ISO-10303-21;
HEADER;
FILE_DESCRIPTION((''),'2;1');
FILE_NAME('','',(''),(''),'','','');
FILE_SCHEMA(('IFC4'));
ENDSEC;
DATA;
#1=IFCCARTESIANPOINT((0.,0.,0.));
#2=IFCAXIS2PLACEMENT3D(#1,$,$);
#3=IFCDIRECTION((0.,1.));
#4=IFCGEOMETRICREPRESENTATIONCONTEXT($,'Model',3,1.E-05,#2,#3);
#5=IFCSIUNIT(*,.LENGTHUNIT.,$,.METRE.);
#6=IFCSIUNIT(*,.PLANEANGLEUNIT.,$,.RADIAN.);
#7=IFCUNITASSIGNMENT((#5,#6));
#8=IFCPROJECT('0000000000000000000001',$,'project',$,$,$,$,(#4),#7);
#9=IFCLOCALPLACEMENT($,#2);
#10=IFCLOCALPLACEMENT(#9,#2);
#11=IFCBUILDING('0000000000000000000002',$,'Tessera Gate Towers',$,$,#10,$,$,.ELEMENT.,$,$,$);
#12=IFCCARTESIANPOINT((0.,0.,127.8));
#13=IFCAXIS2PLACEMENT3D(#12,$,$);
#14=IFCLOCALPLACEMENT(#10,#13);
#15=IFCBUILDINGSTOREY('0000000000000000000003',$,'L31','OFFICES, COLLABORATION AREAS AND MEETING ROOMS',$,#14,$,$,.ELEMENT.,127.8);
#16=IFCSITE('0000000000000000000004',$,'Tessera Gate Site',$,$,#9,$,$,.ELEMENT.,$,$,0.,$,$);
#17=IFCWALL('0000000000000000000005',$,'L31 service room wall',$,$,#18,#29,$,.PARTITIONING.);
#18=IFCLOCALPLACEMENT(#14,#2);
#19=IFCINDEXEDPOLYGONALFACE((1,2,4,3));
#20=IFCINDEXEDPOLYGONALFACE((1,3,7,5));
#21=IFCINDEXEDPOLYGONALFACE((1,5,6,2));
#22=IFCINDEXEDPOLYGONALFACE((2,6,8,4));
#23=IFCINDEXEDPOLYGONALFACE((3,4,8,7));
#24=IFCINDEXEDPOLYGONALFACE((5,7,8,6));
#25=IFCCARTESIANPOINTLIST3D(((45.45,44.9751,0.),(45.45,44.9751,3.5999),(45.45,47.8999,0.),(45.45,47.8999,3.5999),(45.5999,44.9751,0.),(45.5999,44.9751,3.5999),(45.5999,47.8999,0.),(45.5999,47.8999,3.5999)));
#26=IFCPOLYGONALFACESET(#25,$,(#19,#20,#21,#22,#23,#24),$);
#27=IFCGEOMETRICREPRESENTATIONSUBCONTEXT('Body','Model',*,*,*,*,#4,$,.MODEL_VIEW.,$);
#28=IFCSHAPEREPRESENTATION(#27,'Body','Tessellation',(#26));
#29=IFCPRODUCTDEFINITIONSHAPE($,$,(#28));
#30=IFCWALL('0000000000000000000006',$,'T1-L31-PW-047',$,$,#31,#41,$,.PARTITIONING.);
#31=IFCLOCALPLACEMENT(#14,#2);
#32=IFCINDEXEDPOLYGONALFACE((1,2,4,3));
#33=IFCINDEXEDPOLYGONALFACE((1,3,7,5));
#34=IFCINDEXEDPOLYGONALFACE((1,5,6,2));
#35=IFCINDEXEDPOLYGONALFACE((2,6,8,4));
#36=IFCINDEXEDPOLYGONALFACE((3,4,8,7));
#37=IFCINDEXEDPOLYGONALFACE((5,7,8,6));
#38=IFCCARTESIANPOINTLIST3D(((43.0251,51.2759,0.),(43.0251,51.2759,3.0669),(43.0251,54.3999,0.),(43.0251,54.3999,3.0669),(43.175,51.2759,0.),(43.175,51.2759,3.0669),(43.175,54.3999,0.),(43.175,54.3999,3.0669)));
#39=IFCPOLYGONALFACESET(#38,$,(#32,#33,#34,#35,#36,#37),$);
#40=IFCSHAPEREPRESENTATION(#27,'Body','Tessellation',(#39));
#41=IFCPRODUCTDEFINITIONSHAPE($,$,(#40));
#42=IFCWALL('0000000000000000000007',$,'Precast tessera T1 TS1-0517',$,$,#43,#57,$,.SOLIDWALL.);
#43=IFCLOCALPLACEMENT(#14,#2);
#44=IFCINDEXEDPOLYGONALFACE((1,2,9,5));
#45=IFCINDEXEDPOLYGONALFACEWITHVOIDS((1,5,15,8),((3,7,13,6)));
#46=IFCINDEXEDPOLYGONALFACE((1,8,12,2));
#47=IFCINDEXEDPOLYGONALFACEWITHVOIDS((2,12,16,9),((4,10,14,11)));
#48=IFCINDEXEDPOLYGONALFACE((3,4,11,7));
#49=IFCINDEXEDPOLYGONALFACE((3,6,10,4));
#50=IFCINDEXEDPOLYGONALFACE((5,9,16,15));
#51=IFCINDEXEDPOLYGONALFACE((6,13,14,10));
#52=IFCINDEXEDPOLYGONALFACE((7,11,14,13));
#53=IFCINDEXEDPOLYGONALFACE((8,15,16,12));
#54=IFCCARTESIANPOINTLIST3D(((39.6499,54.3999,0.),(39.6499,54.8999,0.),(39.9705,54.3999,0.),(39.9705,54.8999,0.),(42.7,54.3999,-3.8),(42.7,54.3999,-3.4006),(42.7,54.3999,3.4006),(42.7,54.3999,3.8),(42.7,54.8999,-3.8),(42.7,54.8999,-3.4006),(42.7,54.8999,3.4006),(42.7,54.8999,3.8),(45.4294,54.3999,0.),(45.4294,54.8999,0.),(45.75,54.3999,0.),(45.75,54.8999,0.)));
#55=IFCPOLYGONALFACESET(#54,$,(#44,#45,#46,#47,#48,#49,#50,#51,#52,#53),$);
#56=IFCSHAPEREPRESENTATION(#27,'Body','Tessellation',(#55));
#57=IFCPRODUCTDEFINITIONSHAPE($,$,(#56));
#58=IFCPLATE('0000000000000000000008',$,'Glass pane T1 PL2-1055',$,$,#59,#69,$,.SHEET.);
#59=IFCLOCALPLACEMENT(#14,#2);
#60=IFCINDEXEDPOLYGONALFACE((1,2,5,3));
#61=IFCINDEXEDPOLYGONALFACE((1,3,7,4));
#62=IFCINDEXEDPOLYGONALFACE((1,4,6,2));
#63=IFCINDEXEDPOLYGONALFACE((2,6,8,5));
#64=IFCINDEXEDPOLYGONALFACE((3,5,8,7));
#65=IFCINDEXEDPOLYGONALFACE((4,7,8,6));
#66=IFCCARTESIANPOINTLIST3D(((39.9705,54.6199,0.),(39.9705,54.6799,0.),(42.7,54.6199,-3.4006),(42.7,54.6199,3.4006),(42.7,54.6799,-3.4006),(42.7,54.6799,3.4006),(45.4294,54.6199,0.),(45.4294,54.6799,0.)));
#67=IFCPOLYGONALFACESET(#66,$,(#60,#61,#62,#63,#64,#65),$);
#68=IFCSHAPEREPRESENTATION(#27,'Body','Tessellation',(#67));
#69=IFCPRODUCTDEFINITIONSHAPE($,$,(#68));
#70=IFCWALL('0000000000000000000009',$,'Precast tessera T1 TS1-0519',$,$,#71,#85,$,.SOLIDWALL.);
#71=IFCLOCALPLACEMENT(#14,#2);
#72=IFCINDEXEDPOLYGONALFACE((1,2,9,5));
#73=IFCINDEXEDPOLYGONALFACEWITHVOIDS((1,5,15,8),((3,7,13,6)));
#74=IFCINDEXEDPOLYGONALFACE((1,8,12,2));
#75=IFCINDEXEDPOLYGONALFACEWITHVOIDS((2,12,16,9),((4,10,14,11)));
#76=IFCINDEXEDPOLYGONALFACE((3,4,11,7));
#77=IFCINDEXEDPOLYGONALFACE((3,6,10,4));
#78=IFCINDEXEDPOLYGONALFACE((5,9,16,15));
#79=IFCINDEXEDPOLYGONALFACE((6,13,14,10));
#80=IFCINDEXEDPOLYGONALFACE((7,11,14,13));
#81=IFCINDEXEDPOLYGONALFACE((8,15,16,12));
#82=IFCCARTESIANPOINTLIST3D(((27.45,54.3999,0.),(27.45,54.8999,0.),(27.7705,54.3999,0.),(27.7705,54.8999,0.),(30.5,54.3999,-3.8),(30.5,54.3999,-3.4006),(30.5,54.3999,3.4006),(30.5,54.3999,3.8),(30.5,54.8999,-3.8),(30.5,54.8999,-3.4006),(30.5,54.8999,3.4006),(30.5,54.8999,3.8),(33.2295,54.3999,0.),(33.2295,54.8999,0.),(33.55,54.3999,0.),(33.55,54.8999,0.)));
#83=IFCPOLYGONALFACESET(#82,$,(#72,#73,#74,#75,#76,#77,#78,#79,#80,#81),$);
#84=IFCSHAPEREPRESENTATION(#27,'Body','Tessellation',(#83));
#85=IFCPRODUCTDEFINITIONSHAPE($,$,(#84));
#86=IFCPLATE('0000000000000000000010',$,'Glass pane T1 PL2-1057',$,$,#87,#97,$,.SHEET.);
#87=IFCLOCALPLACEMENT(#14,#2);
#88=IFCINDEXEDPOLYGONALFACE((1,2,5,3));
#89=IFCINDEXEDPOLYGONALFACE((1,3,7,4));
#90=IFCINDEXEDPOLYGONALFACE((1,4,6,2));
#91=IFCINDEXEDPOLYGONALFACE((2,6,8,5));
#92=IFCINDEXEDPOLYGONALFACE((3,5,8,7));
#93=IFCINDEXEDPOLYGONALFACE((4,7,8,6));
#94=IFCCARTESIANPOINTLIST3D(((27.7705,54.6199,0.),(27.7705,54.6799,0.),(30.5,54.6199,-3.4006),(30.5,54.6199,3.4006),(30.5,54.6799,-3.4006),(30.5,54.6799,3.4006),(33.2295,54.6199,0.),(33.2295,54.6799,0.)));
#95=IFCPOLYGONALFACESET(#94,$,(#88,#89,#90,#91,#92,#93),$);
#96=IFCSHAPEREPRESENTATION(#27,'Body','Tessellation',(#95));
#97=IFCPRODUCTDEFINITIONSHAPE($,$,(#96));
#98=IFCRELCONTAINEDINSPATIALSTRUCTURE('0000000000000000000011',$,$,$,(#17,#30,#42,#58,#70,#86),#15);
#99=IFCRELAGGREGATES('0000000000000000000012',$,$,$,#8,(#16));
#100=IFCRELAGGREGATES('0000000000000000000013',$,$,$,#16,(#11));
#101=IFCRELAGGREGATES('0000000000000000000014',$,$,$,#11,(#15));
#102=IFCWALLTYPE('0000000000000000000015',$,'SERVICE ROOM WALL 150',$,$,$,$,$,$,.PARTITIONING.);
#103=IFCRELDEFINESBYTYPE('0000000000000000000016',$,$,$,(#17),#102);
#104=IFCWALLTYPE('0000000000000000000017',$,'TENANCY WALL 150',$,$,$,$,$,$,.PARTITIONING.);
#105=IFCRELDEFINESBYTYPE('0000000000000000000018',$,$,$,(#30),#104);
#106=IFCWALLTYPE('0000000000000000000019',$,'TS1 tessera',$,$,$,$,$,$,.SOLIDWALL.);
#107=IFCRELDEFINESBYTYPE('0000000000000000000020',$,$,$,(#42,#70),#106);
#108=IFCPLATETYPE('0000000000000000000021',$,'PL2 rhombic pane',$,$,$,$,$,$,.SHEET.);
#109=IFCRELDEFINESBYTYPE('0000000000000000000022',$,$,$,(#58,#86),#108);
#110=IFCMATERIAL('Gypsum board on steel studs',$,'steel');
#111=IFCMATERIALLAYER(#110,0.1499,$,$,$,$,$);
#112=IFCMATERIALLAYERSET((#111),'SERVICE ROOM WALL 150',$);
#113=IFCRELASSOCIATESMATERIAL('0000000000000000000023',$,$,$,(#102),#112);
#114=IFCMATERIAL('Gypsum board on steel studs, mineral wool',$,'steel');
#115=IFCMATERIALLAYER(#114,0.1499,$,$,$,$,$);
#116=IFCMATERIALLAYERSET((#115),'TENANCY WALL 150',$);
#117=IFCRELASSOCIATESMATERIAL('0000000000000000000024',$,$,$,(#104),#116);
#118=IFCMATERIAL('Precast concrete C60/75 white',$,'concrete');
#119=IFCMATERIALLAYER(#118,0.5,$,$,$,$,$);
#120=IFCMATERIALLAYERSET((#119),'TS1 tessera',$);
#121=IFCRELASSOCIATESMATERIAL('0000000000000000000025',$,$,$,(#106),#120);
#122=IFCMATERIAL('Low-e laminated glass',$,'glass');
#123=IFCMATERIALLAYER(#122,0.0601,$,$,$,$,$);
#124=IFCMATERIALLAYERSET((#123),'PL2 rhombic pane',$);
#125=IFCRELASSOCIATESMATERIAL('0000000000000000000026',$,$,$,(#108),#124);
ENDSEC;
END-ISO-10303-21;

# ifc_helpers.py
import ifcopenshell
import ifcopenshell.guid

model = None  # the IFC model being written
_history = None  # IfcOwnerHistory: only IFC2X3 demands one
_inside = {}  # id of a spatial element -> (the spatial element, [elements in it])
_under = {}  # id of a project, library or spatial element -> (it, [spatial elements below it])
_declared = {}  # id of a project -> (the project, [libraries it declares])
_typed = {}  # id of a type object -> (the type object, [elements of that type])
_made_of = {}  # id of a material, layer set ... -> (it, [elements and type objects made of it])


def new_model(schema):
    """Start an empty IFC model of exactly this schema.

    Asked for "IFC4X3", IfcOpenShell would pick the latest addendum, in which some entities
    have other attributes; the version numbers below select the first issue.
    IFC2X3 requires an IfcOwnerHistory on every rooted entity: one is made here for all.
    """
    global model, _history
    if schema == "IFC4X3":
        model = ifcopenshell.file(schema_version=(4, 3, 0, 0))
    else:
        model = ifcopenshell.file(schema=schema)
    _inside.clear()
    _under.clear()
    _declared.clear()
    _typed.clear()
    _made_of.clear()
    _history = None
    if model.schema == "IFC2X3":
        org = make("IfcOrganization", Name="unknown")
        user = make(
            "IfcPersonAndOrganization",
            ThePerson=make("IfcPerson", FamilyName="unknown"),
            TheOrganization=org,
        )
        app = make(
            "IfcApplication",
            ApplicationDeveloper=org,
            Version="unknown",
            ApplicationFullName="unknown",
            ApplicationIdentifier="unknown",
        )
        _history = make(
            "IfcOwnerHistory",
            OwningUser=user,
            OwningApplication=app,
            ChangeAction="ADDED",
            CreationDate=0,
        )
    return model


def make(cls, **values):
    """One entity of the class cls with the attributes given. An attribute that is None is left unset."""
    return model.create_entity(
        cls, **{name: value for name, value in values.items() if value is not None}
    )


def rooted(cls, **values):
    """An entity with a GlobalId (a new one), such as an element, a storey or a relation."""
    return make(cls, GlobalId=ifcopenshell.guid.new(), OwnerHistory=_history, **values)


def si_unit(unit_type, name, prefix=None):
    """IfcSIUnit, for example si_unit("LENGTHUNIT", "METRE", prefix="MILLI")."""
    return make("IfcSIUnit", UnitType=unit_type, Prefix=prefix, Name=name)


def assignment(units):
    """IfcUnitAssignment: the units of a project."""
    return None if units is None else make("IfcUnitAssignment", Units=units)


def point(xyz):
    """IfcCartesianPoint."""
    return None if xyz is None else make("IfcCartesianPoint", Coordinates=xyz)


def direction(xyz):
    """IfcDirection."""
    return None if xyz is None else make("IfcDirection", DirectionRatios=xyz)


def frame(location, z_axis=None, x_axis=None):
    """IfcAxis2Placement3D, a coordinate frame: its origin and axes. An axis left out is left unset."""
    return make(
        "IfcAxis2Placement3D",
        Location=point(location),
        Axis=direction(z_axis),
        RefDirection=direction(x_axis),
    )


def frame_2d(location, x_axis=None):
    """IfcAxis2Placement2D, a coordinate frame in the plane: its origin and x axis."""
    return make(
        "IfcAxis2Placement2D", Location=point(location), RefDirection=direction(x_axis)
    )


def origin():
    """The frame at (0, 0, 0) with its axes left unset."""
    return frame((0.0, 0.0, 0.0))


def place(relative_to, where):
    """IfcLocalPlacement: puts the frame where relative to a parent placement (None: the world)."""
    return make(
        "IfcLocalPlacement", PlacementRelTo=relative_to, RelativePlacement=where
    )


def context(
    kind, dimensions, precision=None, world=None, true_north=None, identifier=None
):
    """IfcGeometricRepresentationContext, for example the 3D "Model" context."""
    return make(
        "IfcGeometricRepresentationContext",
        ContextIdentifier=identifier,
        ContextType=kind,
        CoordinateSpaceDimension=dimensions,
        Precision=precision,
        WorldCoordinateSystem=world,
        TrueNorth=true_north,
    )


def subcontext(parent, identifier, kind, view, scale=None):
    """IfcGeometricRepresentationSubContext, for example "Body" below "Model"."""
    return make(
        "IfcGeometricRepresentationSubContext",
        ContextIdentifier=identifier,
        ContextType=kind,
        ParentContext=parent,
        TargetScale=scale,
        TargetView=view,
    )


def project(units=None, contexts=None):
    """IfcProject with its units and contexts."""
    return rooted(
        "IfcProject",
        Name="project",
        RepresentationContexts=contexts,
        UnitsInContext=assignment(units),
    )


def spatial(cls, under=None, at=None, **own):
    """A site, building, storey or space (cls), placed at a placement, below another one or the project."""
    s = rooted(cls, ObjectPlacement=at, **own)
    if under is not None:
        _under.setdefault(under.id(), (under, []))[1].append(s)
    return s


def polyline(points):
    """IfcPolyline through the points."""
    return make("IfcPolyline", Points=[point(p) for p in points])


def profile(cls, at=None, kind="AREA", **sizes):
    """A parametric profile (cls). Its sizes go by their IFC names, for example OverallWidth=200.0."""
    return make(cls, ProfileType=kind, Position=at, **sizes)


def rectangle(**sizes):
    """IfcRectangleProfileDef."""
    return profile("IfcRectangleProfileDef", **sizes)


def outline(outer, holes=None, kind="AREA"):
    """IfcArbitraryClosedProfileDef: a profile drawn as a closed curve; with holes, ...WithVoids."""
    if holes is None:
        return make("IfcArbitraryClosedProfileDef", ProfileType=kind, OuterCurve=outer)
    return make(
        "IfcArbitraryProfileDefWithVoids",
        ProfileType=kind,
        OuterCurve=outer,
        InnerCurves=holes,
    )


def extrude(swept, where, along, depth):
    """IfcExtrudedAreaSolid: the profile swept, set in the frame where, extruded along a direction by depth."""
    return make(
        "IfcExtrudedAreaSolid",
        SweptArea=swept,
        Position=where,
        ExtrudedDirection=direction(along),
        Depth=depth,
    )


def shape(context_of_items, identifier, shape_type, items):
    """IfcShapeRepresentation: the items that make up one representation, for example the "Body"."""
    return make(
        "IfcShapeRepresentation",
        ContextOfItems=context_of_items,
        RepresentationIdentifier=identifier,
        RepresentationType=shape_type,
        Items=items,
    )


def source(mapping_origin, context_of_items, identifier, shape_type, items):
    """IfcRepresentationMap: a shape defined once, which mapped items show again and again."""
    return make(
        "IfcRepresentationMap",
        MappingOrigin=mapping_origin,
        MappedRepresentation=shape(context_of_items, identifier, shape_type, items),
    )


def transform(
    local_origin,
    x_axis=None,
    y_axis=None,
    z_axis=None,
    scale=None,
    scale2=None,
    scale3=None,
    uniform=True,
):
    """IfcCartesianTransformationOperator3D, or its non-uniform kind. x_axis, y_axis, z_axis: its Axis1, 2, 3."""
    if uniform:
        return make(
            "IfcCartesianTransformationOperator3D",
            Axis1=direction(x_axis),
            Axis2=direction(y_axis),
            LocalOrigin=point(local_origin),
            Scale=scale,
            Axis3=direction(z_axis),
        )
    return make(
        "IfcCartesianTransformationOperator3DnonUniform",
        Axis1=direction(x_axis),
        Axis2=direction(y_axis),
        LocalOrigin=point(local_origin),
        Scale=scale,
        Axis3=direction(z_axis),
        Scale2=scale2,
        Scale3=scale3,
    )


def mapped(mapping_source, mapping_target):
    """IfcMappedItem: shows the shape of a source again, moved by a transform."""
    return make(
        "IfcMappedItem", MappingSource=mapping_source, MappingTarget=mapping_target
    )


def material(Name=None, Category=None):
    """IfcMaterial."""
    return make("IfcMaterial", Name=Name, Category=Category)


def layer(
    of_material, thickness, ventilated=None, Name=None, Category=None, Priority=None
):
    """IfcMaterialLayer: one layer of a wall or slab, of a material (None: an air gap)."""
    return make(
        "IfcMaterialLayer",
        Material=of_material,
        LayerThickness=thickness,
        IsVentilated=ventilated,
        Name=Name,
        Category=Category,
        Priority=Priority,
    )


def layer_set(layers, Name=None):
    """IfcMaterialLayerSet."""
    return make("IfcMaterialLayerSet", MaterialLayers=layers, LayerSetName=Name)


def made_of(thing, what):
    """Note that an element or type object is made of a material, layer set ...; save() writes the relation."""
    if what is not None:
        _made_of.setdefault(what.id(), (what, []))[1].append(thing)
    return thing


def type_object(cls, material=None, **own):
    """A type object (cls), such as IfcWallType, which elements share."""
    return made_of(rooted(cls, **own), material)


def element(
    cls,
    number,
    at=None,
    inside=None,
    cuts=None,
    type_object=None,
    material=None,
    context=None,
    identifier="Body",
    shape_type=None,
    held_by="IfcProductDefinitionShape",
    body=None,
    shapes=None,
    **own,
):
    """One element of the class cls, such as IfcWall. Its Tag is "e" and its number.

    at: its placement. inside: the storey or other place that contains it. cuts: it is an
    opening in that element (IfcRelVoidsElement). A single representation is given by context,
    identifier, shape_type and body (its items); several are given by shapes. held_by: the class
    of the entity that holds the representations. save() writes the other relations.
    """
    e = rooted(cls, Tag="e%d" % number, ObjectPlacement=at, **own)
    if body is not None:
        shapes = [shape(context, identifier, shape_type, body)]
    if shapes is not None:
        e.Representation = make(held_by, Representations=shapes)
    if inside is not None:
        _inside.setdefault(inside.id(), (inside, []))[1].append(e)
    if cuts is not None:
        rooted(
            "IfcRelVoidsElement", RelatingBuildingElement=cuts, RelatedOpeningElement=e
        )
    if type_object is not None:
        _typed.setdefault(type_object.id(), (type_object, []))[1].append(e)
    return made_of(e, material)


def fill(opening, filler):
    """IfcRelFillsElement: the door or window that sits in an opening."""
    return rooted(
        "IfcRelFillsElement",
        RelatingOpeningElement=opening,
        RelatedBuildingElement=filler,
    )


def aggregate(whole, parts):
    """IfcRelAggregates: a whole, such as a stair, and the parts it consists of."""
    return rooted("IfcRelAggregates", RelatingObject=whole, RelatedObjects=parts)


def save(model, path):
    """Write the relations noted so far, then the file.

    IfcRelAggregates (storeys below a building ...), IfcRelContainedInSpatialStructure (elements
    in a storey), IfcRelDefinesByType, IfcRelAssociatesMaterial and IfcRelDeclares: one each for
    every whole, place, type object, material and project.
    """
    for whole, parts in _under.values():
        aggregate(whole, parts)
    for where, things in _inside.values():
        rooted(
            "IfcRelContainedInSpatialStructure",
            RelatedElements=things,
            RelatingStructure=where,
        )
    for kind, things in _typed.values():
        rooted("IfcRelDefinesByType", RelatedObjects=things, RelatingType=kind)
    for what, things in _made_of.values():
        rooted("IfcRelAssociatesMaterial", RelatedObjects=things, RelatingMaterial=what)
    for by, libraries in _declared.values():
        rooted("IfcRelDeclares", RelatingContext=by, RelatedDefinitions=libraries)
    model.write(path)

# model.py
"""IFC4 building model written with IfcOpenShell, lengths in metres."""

from ifc_helpers import new_model, si_unit, direction, frame, frame_2d, origin, place, context, subcontext, project, spatial, polyline, rectangle, outline, extrude, source, transform, mapped, material, layer, layer_set, type_object, element, fill, save


model = new_model("IFC4")

# Units and contexts
model_context = context("Model", 3, precision=1e-05, world=origin(), true_north=direction((0.0, 1.0)))
body_context = subcontext(model_context, "Body", "Model", "MODEL_VIEW")
ifc_project = project(units=[si_unit("LENGTHUNIT", "METRE"), si_unit("PLANEANGLEUNIT", "RADIAN")], contexts=[model_context])

# Site, building, storey
site_placement = place(None, origin())
site = spatial("IfcSite", under=ifc_project, at=site_placement, Name="Tessera Gate Site", CompositionType="ELEMENT", RefElevation=0.0)
building_placement = place(site_placement, origin())
building = spatial("IfcBuilding", under=site, at=building_placement, Name="Tessera Gate Towers", CompositionType="ELEMENT")
storey_placement = place(building_placement, frame((0.0, 0.0, 127.8)))
storey = spatial("IfcBuildingStorey", under=building, at=storey_placement, Name="L31", Description="OFFICES, COLLABORATION AREAS AND MEETING ROOMS", CompositionType="ELEMENT", Elevation=127.8)

# Shared definitions
ifc_material_1 = material(Name="Gypsum board on steel studs", Category="steel")
ifc_layer_1 = layer(ifc_material_1, 0.1499)
ifc_layer_set_1 = layer_set([ifc_layer_1], Name="SERVICE ROOM WALL 150")
wall_type_1 = type_object("IfcWallType", Name="SERVICE ROOM WALL 150", PredefinedType="PARTITIONING", material=ifc_layer_set_1)

# Walls
wall_1_placement = place(storey_placement, frame((45.5249, 44.9751, 0.0), z_axis=(0.0, 0.0, 1.0), x_axis=(0.0, 1.0, 0.0)))
element("IfcWall", 1, at=wall_1_placement, inside=storey, type_object=wall_type_1, Name="L31 service room wall", PredefinedType="PARTITIONING", context=body_context, shape_type="SweptSolid", body=[
    extrude(rectangle(XDim=2.9248, YDim=0.1499, at=frame_2d((1.4624, 0.0))), origin(), (0.0, 0.0, 1.0), 3.5999),
])
ifc_material_2 = material(Name="Gypsum board on steel studs, mineral wool", Category="steel")
ifc_layer_2 = layer(ifc_material_2, 0.1499)
ifc_layer_set_2 = layer_set([ifc_layer_2], Name="TENANCY WALL 150")
wall_type_2 = type_object("IfcWallType", Name="TENANCY WALL 150", PredefinedType="PARTITIONING", material=ifc_layer_set_2)
wall_2_placement = place(storey_placement, frame((43.1001, 51.2759, 0.0), z_axis=(0.0, 0.0, 1.0), x_axis=(0.0, 1.0, 0.0)))
element("IfcWall", 2, at=wall_2_placement, inside=storey, type_object=wall_type_2, Name="T1-L31-PW-047", PredefinedType="PARTITIONING", context=body_context, shape_type="SweptSolid", body=[
    extrude(rectangle(XDim=3.124, YDim=0.1499, at=frame_2d((1.562, 0.0))), origin(), (0.0, 0.0, 1.0), 3.0669),
])

# Walls, openings, plates
ifc_material_3 = material(Name="Precast concrete C60/75 white", Category="concrete")
ifc_layer_3 = layer(ifc_material_3, 0.5)
ifc_layer_set_3 = layer_set([ifc_layer_3], Name="TS1 tessera")
wall_type_3 = type_object("IfcWallType", Name="TS1 tessera", PredefinedType="SOLIDWALL", material=ifc_layer_set_3)
shared_shape_1 = source(origin(), body_context, "Body", "SweptSolid", [
    extrude(outline(polyline([(3.05, 0.0), (6.1001, 3.8), (3.05, 7.6001), (0.0, 3.8), (3.05, 0.0)])), frame((0.0, 0.25, 0.0), z_axis=(0.0, -1.0, 0.0), x_axis=(1.0, 0.0, 0.0)), (0.0, 0.0, 1.0), 0.5),
])
wall_3_placement = place(storey_placement, frame((45.75, 54.6499, -3.8), z_axis=(0.0, 0.0, 1.0), x_axis=(-1.0, 0.0, 0.0)))
wall_3 = element("IfcWall", 3, at=wall_3_placement, inside=storey, type_object=wall_type_3, Name="Precast tessera T1 TS1-0517", PredefinedType="SOLIDWALL", context=body_context, shape_type="MappedRepresentation", body=[
    mapped(shared_shape_1, transform((0.0, 0.0, 0.0), scale=1.0)),
])
shared_shape_2 = source(origin(), body_context, "Body", "SweptSolid", [
    extrude(outline(polyline([(3.05, 0.3994), (5.7795, 3.8), (3.05, 7.2007), (0.3206, 3.8), (3.05, 0.3994)])), frame((0.0, 0.26, 0.0), z_axis=(0.0, -1.0, 0.0), x_axis=(1.0, 0.0, 0.0)), (0.0, 0.0, 1.0), 0.52),
])
opening_1_placement = place(wall_3_placement, origin())
opening_1 = element("IfcOpeningElement", 4, at=opening_1_placement, cuts=wall_3, PredefinedType="OPENING", context=body_context, shape_type="MappedRepresentation", body=[
    mapped(shared_shape_2, transform((0.0, 0.0, 0.0), scale=1.0)),
])
ifc_material_4 = material(Name="Low-e laminated glass", Category="glass")
ifc_layer_4 = layer(ifc_material_4, 0.0601)
ifc_layer_set_4 = layer_set([ifc_layer_4], Name="PL2 rhombic pane")
plate_type = type_object("IfcPlateType", Name="PL2 rhombic pane", PredefinedType="SHEET", material=ifc_layer_set_4)
shared_shape_3 = source(origin(), body_context, "Body", "SweptSolid", [
    extrude(outline(polyline([(3.05, 0.3994), (5.7795, 3.8), (3.05, 7.2007), (0.3206, 3.8), (3.05, 0.3994)])), frame((0.0, 0.03, 0.0), z_axis=(0.0, -1.0, 0.0), x_axis=(1.0, 0.0, 0.0)), (0.0, 0.0, 1.0), 0.0601),
])
plate_1_placement = place(opening_1_placement, origin())
plate_1 = element("IfcPlate", 5, at=plate_1_placement, inside=storey, type_object=plate_type, Name="Glass pane T1 PL2-1055", PredefinedType="SHEET", context=body_context, shape_type="MappedRepresentation", body=[
    mapped(shared_shape_3, transform((0.0, 0.0, 0.0), scale=1.0)),
])
fill(opening_1, plate_1)
wall_4_placement = place(storey_placement, frame((33.55, 54.6499, -3.8), z_axis=(0.0, 0.0, 1.0), x_axis=(-1.0, 0.0, 0.0)))
wall_4 = element("IfcWall", 6, at=wall_4_placement, inside=storey, type_object=wall_type_3, Name="Precast tessera T1 TS1-0519", PredefinedType="SOLIDWALL", context=body_context, shape_type="MappedRepresentation", body=[
    mapped(shared_shape_1, transform((0.0, 0.0, 0.0), scale=1.0)),
])
opening_2_placement = place(wall_4_placement, origin())
opening_2 = element("IfcOpeningElement", 7, at=opening_2_placement, cuts=wall_4, PredefinedType="OPENING", context=body_context, shape_type="MappedRepresentation", body=[
    mapped(shared_shape_2, transform((0.0, 0.0, 0.0), scale=1.0)),
])
plate_2_placement = place(opening_2_placement, origin())
plate_2 = element("IfcPlate", 8, at=plate_2_placement, inside=storey, type_object=plate_type, Name="Glass pane T1 PL2-1057", PredefinedType="SHEET", context=body_context, shape_type="MappedRepresentation", body=[
    mapped(shared_shape_3, transform((0.0, 0.0, 0.0), scale=1.0)),
])
fill(opening_2, plate_2)

save(model, "model.ifc")
